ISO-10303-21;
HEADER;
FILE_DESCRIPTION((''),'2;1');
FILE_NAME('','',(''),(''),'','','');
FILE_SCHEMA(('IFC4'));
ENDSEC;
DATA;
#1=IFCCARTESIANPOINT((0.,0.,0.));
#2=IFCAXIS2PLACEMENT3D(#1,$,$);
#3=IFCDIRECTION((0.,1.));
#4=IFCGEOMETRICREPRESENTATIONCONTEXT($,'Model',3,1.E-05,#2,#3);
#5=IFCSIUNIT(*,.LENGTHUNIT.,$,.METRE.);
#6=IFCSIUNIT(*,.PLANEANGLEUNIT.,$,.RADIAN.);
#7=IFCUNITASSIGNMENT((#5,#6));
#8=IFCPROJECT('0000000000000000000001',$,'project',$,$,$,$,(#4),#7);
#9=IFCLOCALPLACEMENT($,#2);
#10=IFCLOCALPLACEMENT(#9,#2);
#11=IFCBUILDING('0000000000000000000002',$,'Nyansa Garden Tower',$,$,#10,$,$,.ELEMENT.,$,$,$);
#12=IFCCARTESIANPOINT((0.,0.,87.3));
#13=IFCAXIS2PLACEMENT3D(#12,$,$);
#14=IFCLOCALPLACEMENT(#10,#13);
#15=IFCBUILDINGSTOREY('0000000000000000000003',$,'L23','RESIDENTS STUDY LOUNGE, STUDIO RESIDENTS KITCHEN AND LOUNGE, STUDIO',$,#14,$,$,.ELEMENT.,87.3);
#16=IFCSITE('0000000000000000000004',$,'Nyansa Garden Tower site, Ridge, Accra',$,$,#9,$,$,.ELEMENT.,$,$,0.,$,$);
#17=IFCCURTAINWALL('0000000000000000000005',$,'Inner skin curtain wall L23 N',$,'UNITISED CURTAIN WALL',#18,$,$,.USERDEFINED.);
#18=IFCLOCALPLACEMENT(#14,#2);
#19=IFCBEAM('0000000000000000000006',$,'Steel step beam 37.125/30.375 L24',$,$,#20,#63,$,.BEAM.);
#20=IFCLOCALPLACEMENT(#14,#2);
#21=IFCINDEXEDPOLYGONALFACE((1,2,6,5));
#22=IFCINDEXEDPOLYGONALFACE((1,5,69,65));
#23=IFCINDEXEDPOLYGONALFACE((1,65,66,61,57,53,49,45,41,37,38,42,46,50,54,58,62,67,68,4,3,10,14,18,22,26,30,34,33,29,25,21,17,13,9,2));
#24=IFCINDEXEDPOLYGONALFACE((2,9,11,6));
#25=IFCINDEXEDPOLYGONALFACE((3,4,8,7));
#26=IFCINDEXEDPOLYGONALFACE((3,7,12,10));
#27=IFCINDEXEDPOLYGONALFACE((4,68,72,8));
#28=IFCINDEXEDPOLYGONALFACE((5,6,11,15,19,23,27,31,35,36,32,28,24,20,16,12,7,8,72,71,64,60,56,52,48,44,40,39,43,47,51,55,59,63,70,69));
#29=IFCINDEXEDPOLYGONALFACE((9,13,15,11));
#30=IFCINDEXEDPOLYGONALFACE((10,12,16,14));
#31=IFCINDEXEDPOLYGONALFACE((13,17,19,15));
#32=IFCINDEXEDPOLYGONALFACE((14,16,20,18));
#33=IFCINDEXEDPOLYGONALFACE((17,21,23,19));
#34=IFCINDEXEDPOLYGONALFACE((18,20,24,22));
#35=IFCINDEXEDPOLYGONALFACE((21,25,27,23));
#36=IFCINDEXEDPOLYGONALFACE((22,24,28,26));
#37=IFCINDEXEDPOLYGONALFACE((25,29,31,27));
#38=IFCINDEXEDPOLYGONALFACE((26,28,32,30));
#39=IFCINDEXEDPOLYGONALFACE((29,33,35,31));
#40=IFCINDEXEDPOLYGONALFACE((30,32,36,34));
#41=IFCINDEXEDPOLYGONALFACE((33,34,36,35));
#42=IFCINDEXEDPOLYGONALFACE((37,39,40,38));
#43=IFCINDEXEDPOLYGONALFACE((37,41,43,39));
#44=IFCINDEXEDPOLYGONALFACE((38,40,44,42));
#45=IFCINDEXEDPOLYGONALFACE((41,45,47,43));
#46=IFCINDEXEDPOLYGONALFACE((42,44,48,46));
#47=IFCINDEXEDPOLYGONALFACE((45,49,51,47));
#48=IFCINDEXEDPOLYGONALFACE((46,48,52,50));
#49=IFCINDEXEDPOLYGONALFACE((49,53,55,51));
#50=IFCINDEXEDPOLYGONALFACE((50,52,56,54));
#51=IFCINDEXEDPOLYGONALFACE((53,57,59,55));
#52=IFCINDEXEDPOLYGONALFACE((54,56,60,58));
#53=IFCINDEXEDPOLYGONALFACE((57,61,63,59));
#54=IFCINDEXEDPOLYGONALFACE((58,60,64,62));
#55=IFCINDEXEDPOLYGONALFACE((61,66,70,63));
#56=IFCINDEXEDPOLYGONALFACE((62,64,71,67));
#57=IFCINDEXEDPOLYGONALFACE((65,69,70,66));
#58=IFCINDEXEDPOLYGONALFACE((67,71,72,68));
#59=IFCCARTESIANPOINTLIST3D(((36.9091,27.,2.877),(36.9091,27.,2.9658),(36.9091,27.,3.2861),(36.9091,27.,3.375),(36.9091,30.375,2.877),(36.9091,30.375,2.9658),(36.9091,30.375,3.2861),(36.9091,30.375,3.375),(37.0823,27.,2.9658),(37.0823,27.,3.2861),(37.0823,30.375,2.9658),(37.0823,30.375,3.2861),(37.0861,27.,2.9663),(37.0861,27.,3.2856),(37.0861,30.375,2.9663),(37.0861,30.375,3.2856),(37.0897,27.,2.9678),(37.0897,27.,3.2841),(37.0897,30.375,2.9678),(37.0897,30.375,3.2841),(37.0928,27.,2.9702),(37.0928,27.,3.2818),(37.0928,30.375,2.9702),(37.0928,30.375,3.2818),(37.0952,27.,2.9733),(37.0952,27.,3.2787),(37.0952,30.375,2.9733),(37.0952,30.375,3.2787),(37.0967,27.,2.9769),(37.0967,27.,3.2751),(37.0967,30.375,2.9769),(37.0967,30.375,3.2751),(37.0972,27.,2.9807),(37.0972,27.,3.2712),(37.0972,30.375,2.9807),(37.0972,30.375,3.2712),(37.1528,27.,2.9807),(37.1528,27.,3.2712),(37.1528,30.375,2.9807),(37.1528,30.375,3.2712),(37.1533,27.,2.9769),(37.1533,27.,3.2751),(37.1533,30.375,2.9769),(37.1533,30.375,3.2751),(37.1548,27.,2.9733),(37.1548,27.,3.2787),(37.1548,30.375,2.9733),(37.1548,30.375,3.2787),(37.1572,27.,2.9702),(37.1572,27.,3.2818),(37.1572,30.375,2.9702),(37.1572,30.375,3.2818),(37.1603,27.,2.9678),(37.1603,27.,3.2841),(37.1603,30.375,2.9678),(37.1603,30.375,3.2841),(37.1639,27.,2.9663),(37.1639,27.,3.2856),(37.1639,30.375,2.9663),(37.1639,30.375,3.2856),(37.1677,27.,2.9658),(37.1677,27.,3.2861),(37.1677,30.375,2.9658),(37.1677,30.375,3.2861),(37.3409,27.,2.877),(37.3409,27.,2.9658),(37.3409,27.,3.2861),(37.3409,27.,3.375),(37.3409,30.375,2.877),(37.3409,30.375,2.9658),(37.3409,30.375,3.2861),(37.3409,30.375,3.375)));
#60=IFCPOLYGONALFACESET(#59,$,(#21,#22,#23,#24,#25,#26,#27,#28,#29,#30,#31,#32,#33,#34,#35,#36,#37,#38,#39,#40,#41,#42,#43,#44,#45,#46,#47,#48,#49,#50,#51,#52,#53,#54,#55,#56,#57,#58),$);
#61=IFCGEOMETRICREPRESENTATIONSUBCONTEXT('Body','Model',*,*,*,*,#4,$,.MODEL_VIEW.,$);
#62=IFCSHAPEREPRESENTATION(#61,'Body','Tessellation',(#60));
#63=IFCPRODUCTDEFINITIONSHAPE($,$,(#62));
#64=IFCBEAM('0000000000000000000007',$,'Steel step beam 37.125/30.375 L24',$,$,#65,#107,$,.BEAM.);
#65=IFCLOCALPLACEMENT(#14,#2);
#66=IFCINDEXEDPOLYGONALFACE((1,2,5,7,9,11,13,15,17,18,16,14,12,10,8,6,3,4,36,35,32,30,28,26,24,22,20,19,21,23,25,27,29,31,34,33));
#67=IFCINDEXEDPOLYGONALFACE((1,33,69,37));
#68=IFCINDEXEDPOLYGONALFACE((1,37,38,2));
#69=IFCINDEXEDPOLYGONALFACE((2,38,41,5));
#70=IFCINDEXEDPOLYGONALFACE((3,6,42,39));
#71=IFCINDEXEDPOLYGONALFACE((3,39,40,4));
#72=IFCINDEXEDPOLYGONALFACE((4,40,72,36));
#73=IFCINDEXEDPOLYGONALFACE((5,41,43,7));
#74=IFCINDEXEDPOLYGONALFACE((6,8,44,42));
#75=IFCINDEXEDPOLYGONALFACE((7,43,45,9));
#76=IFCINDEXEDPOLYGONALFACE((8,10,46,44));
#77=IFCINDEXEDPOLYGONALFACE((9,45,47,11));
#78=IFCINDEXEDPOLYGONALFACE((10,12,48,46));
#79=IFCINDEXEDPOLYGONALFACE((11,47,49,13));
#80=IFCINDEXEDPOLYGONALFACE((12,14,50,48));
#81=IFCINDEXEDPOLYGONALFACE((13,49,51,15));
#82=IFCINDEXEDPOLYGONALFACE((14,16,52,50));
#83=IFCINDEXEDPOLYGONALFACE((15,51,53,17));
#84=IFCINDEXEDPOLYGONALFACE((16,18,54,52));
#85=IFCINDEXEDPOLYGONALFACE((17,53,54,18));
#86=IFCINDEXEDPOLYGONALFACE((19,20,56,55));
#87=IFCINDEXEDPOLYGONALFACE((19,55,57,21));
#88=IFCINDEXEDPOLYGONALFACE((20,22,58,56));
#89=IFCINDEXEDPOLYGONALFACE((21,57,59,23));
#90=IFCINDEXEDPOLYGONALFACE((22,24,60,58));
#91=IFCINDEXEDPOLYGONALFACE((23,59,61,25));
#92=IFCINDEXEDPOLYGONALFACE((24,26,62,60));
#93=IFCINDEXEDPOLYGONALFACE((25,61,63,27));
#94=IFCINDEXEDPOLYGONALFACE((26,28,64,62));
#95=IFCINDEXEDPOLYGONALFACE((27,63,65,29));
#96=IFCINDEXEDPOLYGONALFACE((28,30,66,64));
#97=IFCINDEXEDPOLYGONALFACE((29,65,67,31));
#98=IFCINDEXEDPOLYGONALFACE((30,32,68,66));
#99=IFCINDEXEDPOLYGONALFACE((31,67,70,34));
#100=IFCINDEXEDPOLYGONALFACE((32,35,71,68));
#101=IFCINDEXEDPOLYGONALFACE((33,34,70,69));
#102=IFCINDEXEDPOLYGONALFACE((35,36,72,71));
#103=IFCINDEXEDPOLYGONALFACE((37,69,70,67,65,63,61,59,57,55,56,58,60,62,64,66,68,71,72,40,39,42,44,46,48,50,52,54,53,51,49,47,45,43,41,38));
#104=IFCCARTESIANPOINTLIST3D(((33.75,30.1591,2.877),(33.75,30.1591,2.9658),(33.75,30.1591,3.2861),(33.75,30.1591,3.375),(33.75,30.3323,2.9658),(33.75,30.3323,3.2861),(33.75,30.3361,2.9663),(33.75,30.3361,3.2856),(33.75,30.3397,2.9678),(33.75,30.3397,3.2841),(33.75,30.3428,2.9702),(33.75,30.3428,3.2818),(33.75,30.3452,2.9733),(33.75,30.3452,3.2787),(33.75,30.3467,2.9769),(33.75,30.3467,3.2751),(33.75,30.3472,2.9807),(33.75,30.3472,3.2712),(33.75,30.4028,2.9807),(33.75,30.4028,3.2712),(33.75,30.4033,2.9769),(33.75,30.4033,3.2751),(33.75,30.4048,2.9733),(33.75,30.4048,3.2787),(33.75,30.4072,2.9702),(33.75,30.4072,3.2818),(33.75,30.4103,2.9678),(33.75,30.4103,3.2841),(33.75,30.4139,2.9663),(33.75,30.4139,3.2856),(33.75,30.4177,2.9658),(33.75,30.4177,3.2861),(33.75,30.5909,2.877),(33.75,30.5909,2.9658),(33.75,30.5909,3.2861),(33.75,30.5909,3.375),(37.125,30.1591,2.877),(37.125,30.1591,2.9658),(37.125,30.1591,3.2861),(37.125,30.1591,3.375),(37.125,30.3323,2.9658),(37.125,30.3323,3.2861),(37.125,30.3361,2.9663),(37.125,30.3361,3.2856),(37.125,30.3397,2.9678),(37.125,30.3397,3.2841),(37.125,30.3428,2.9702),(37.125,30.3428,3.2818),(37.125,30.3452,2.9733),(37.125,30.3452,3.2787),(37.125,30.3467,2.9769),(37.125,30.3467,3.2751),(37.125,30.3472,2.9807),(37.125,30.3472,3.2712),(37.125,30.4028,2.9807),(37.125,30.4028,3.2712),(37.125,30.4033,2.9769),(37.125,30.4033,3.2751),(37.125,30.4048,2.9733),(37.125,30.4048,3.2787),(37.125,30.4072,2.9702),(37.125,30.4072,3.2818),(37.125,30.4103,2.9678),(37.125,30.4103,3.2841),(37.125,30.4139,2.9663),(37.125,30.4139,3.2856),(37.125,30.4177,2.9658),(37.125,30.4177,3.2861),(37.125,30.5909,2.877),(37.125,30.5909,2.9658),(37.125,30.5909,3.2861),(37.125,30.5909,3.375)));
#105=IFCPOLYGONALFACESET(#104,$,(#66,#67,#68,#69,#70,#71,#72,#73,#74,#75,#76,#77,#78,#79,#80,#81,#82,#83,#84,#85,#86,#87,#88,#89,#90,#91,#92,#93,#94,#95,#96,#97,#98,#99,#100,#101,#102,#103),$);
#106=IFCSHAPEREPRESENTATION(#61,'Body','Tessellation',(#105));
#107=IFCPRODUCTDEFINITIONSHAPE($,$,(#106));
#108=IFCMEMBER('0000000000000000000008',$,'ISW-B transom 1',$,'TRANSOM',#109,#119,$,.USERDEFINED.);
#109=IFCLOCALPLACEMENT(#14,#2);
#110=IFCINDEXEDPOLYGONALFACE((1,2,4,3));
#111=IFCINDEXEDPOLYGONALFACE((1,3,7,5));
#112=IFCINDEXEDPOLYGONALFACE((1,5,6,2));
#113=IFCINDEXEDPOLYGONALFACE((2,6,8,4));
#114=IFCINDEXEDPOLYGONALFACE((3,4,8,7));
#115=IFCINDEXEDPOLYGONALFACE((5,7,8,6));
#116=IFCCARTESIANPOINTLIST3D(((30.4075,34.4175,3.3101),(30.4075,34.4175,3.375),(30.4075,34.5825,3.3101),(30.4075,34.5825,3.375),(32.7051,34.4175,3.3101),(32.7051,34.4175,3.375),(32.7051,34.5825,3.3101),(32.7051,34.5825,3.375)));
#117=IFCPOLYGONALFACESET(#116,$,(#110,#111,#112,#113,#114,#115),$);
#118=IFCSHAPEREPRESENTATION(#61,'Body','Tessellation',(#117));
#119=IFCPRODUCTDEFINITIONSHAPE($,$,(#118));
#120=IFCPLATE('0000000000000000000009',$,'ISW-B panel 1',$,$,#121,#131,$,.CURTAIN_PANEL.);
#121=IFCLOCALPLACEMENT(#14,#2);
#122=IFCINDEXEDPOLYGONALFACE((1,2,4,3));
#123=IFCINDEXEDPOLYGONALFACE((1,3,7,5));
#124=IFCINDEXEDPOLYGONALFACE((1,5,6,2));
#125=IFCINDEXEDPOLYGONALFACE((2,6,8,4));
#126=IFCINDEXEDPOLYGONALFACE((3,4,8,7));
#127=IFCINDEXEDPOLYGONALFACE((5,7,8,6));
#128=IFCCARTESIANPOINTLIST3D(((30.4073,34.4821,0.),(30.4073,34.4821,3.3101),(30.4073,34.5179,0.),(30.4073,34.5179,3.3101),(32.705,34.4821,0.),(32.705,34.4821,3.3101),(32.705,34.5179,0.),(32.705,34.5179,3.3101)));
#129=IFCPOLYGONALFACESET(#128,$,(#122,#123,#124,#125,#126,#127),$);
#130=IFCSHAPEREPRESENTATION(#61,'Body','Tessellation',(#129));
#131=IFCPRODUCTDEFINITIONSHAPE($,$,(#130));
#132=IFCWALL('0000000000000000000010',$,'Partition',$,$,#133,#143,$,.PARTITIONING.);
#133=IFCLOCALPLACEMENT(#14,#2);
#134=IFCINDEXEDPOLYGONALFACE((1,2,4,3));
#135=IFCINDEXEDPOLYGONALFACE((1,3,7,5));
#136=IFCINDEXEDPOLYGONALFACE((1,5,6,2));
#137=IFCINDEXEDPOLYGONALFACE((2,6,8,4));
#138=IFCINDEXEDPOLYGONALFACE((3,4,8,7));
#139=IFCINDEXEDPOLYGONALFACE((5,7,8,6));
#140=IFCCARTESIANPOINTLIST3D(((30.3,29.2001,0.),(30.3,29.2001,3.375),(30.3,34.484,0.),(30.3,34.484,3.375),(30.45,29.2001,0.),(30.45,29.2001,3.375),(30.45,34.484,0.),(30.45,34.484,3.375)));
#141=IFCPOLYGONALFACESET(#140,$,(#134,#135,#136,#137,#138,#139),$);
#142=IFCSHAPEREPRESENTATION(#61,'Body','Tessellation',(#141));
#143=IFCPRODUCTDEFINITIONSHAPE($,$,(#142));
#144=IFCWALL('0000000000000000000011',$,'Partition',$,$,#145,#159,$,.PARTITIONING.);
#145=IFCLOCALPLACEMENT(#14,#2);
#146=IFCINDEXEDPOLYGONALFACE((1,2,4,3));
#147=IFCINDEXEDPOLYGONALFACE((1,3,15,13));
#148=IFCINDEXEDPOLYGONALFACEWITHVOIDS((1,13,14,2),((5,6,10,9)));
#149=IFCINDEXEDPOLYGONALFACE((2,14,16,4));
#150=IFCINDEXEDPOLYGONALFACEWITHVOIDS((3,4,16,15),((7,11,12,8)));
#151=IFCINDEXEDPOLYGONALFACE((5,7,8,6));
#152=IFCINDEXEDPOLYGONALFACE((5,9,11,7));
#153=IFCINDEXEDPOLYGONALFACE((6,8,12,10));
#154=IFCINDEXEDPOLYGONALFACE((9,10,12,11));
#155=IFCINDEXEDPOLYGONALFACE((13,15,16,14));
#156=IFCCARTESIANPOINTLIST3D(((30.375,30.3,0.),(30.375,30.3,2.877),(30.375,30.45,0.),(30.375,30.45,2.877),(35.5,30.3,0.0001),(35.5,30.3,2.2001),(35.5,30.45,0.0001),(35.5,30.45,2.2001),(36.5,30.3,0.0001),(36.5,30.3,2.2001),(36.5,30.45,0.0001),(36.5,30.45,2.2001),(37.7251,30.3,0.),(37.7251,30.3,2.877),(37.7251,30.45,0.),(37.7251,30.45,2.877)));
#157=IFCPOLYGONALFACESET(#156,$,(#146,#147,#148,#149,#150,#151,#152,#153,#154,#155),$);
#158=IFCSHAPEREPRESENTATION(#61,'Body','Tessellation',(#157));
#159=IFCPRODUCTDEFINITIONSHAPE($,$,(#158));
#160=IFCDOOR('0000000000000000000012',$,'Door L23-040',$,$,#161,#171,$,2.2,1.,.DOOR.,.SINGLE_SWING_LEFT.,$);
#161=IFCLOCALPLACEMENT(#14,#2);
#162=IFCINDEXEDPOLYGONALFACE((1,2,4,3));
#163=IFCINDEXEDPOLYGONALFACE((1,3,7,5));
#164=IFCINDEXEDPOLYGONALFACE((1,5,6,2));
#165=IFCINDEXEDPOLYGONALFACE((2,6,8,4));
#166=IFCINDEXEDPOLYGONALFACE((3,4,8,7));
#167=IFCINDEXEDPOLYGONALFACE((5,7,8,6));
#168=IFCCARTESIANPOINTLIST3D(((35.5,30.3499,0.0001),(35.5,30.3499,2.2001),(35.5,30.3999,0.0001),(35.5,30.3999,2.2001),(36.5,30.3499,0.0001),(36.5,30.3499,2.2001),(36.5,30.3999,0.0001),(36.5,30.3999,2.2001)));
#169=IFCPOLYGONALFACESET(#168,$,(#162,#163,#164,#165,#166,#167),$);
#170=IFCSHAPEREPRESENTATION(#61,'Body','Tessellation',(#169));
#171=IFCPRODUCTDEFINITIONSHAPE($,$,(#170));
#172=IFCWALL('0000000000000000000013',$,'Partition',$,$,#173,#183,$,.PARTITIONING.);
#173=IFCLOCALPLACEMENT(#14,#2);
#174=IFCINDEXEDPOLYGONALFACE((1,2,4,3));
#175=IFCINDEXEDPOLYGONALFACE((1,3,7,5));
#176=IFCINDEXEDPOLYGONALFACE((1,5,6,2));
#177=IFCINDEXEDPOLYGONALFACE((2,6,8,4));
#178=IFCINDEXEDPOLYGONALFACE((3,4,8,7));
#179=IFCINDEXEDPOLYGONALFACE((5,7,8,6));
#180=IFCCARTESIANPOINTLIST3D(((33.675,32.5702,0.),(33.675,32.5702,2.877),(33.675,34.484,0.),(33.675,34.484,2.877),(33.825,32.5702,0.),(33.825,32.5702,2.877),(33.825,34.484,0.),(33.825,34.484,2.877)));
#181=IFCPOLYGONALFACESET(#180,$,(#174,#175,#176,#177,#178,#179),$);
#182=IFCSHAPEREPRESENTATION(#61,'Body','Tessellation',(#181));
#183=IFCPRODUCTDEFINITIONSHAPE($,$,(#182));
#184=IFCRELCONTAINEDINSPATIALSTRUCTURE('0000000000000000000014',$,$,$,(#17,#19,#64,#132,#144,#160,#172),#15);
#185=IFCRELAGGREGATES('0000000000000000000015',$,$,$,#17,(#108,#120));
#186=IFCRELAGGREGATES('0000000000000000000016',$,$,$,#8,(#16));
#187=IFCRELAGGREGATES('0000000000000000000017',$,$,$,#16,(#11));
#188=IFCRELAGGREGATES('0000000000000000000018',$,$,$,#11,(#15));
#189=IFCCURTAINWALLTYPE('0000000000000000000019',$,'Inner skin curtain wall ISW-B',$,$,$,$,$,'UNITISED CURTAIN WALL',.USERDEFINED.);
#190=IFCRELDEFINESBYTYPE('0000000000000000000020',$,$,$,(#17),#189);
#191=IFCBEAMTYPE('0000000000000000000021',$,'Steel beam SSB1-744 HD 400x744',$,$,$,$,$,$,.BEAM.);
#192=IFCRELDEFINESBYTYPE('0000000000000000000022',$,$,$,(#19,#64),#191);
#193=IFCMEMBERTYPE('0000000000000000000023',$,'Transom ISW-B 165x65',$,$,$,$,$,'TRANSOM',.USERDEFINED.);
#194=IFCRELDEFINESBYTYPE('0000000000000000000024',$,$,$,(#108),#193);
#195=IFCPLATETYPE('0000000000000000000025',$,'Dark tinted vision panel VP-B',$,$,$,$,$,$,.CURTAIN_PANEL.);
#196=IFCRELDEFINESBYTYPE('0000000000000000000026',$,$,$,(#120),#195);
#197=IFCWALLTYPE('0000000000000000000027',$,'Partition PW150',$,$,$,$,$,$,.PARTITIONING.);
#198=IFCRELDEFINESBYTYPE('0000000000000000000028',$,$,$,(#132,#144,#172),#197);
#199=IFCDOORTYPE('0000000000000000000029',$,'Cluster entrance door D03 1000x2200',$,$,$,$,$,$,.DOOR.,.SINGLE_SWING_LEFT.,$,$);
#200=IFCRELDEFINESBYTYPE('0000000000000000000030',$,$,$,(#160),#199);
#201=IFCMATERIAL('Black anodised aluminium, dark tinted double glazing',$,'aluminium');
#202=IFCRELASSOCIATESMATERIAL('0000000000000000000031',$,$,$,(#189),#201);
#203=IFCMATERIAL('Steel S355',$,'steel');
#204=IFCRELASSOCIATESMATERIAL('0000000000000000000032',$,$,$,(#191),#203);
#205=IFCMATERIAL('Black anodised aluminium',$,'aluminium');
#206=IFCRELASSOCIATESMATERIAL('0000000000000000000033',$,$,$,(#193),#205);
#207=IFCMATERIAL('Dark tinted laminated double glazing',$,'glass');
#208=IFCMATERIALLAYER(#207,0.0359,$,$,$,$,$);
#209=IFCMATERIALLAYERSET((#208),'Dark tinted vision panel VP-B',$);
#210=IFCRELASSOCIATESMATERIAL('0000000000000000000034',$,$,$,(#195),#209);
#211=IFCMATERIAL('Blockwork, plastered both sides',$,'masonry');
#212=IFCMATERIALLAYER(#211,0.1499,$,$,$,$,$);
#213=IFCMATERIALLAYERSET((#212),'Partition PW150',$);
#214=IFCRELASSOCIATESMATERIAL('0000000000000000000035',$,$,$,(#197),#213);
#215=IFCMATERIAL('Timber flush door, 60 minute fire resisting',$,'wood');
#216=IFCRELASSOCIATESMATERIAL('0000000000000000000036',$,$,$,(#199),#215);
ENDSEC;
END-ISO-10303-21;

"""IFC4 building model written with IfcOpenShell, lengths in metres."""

from ifc_helpers import new_model, si_unit, direction, frame, frame_2d, origin, origin_2d, place, context, subcontext, project, spatial, rectangle, i_section, extrude, material, layer, layer_set, material_profile, profile_set, type_object, element, fill, aggregate, save


model = new_model("IFC4")

# Units and contexts
model_context = context("Model", 3, precision=1e-05, world=origin(), true_north=direction((0.0, 1.0)))
body_context = subcontext(model_context, "Body", "Model", "MODEL_VIEW")
ifc_project = project(units=[si_unit("LENGTHUNIT", "METRE"), si_unit("PLANEANGLEUNIT", "RADIAN")], contexts=[model_context])

# Site, building, storey
site_placement = place(None, origin())
site = spatial("IfcSite", under=ifc_project, at=site_placement, Name="Nyansa Garden Tower site, Ridge, Accra", CompositionType="ELEMENT", RefElevation=0.0)
building_placement = place(site_placement, origin())
building = spatial("IfcBuilding", under=site, at=building_placement, Name="Nyansa Garden Tower", CompositionType="ELEMENT")
storey_placement = place(building_placement, frame((0.0, 0.0, 87.3)))
storey = spatial("IfcBuildingStorey", under=building, at=storey_placement, Name="L23", Description="RESIDENTS STUDY LOUNGE, STUDIO RESIDENTS KITCHEN AND LOUNGE, STUDIO", CompositionType="ELEMENT", Elevation=87.3)

# Curtain wall
ifc_material_1 = material(Name="Black anodised aluminium, dark tinted double glazing", Category="aluminium")
curtain_wall_type = type_object("IfcCurtainWallType", Name="Inner skin curtain wall ISW-B", ElementType="UNITISED CURTAIN WALL", PredefinedType="USERDEFINED", material=ifc_material_1)
curtain_wall_placement = place(storey_placement, origin())
curtain_wall = element("IfcCurtainWall", 1, at=curtain_wall_placement, inside=storey, type_object=curtain_wall_type, Name="Inner skin curtain wall L23 N", ObjectType="UNITISED CURTAIN WALL", PredefinedType="USERDEFINED")

# Beams
ifc_material_2 = material(Name="Steel S355", Category="steel")
ifc_material_profile_1 = material_profile(ifc_material_2, i_section(OverallWidth=0.4319, OverallDepth=0.498, WebThickness=0.0557, FlangeThickness=0.0889, FilletRadius=0.0149, at=origin_2d()), Name="HD 400x744")
ifc_profile_set_1 = profile_set([ifc_material_profile_1], Name="Steel S355")
beam_type_1 = type_object("IfcBeamType", Name="Steel beam SSB1-744 HD 400x744", PredefinedType="BEAM", material=ifc_profile_set_1)
for number, where, z_axis, x_axis, name in (
    (2, (37.125, 30.375, 3.126), (0.0, -1.0, 0.0), (1.0, 0.0, 0.0), "Steel step beam 37.125/30.375 L24"),
    (3, (37.125, 30.375, 3.126), (-1.0, 0.0, 0.0), (0.0, -1.0, 0.0), "Steel step beam 37.125/30.375 L24"),
):
    element("IfcBeam", number, at=place(storey_placement, frame(where, z_axis=z_axis, x_axis=x_axis)), inside=storey, type_object=beam_type_1, Name=name, PredefinedType="BEAM", context=body_context, shape_type="SweptSolid", body=[
        extrude(i_section(OverallWidth=0.4319, OverallDepth=0.498, WebThickness=0.0557, FlangeThickness=0.0889, FilletRadius=0.0149, at=origin_2d()), origin(), (0.0, 0.0, 1.0), 3.375),
    ])

# Member
ifc_material_3 = material(Name="Black anodised aluminium", Category="aluminium")
ifc_material_profile_2 = material_profile(ifc_material_3, rectangle(XDim=0.165, YDim=0.0649, at=origin_2d()), Name="Transom 165x65")
ifc_profile_set_2 = profile_set([ifc_material_profile_2], Name="Black anodised aluminium")
member_type_1 = type_object("IfcMemberType", Name="Transom ISW-B 165x65", ElementType="TRANSOM", PredefinedType="USERDEFINED", material=ifc_profile_set_2)
member_1_placement = place(storey_placement, frame((32.7051, 34.5, 3.3425), z_axis=(-1.0, 0.0, 0.0), x_axis=(0.0, -1.0, 0.0)))
member_1 = element("IfcMember", 4, at=member_1_placement, type_object=member_type_1, Name="ISW-B transom 1", ObjectType="TRANSOM", PredefinedType="USERDEFINED", context=body_context, shape_type="SweptSolid", body=[
    extrude(rectangle(XDim=0.165, YDim=0.0649, at=origin_2d()), origin(), (0.0, 0.0, 1.0), 2.2976),
])

# Plate
ifc_material_4 = material(Name="Dark tinted laminated double glazing", Category="glass")
ifc_layer_1 = layer(ifc_material_4, 0.0359)
ifc_layer_set_1 = layer_set([ifc_layer_1], Name="Dark tinted vision panel VP-B")
plate_type = type_object("IfcPlateType", Name="Dark tinted vision panel VP-B", PredefinedType="CURTAIN_PANEL", material=ifc_layer_set_1)
plate_placement = place(storey_placement, frame((31.5562, 34.5, 0.0), z_axis=(0.0, 0.0, 1.0), x_axis=(-1.0, 0.0, 0.0)))
plate = element("IfcPlate", 5, at=plate_placement, type_object=plate_type, Name="ISW-B panel 1", PredefinedType="CURTAIN_PANEL", context=body_context, shape_type="SweptSolid", body=[
    extrude(rectangle(XDim=2.2976, YDim=0.0359, at=origin_2d()), origin(), (0.0, 0.0, 1.0), 3.3101),
])
aggregate(curtain_wall, [member_1, plate])

# Wall
ifc_material_5 = material(Name="Blockwork, plastered both sides", Category="masonry")
ifc_layer_2 = layer(ifc_material_5, 0.1499)
ifc_layer_set_2 = layer_set([ifc_layer_2], Name="Partition PW150")
wall_type_1 = type_object("IfcWallType", Name="Partition PW150", PredefinedType="PARTITIONING", material=ifc_layer_set_2)
wall_1_placement = place(storey_placement, frame((30.375, 29.2, 0.0), z_axis=(0.0, 0.0, 1.0), x_axis=(0.0, 1.0, 0.0)))
element("IfcWall", 6, at=wall_1_placement, inside=storey, type_object=wall_type_1, Name="Partition", PredefinedType="PARTITIONING", context=body_context, shape_type="SweptSolid", body=[
    extrude(rectangle(XDim=5.2839, YDim=0.1499, at=frame_2d((2.6421, 0.0))), origin(), (0.0, 0.0, 1.0), 3.375),
])

# Wall, opening, door
wall_2_placement = place(storey_placement, frame((30.375, 30.375, 0.0), z_axis=(0.0, 0.0, 1.0), x_axis=(1.0, 0.0, 0.0)))
wall_2 = element("IfcWall", 7, at=wall_2_placement, inside=storey, type_object=wall_type_1, Name="Partition", PredefinedType="PARTITIONING", context=body_context, shape_type="SweptSolid", body=[
    extrude(rectangle(XDim=7.3501, YDim=0.1499, at=frame_2d((3.675, 0.0))), origin(), (0.0, 0.0, 1.0), 2.877),
])
opening_1_placement = place(wall_2_placement, frame((5.125, 0.0, 0.0)))
opening_1 = element("IfcOpeningElement", 8, at=opening_1_placement, cuts=wall_2, PredefinedType="OPENING", context=body_context, shape_type="SweptSolid", body=[
    extrude(rectangle(XDim=1.0, YDim=2.2, at=frame_2d((0.5, 1.1001))), frame((0.0, 0.085, 0.0), z_axis=(0.0, -1.0, 0.0), x_axis=(1.0, 0.0, 0.0)), (0.0, 0.0, 1.0), 0.1699),
])
ifc_material_6 = material(Name="Timber flush door, 60 minute fire resisting", Category="wood")
door_type = type_object("IfcDoorType", Name="Cluster entrance door D03 1000x2200", OperationType="SINGLE_SWING_LEFT", PredefinedType="DOOR", material=ifc_material_6)
door_placement = place(opening_1_placement, origin())
door = element("IfcDoor", 9, at=door_placement, inside=storey, type_object=door_type, Name="Door L23-040", OperationType="SINGLE_SWING_LEFT", OverallHeight=2.2, OverallWidth=1.0, PredefinedType="DOOR", context=body_context, shape_type="SweptSolid", body=[
    extrude(rectangle(XDim=1.0, YDim=2.2, at=frame_2d((0.5, 1.1001))), frame((0.0, 0.0249, 0.0), z_axis=(0.0, -1.0, 0.0), x_axis=(1.0, 0.0, 0.0)), (0.0, 0.0, 1.0), 0.05),
])
fill(opening_1, door)

# Wall
wall_3_placement = place(storey_placement, frame((33.75, 32.5701, 0.0), z_axis=(0.0, 0.0, 1.0), x_axis=(0.0, 1.0, 0.0)))
element("IfcWall", 10, at=wall_3_placement, inside=storey, type_object=wall_type_1, Name="Partition", PredefinedType="PARTITIONING", context=body_context, shape_type="SweptSolid", body=[
    extrude(rectangle(XDim=1.9138, YDim=0.1499, at=frame_2d((0.957, 0.0))), origin(), (0.0, 0.0, 1.0), 2.877),
])

save(model, "model.ifc")
